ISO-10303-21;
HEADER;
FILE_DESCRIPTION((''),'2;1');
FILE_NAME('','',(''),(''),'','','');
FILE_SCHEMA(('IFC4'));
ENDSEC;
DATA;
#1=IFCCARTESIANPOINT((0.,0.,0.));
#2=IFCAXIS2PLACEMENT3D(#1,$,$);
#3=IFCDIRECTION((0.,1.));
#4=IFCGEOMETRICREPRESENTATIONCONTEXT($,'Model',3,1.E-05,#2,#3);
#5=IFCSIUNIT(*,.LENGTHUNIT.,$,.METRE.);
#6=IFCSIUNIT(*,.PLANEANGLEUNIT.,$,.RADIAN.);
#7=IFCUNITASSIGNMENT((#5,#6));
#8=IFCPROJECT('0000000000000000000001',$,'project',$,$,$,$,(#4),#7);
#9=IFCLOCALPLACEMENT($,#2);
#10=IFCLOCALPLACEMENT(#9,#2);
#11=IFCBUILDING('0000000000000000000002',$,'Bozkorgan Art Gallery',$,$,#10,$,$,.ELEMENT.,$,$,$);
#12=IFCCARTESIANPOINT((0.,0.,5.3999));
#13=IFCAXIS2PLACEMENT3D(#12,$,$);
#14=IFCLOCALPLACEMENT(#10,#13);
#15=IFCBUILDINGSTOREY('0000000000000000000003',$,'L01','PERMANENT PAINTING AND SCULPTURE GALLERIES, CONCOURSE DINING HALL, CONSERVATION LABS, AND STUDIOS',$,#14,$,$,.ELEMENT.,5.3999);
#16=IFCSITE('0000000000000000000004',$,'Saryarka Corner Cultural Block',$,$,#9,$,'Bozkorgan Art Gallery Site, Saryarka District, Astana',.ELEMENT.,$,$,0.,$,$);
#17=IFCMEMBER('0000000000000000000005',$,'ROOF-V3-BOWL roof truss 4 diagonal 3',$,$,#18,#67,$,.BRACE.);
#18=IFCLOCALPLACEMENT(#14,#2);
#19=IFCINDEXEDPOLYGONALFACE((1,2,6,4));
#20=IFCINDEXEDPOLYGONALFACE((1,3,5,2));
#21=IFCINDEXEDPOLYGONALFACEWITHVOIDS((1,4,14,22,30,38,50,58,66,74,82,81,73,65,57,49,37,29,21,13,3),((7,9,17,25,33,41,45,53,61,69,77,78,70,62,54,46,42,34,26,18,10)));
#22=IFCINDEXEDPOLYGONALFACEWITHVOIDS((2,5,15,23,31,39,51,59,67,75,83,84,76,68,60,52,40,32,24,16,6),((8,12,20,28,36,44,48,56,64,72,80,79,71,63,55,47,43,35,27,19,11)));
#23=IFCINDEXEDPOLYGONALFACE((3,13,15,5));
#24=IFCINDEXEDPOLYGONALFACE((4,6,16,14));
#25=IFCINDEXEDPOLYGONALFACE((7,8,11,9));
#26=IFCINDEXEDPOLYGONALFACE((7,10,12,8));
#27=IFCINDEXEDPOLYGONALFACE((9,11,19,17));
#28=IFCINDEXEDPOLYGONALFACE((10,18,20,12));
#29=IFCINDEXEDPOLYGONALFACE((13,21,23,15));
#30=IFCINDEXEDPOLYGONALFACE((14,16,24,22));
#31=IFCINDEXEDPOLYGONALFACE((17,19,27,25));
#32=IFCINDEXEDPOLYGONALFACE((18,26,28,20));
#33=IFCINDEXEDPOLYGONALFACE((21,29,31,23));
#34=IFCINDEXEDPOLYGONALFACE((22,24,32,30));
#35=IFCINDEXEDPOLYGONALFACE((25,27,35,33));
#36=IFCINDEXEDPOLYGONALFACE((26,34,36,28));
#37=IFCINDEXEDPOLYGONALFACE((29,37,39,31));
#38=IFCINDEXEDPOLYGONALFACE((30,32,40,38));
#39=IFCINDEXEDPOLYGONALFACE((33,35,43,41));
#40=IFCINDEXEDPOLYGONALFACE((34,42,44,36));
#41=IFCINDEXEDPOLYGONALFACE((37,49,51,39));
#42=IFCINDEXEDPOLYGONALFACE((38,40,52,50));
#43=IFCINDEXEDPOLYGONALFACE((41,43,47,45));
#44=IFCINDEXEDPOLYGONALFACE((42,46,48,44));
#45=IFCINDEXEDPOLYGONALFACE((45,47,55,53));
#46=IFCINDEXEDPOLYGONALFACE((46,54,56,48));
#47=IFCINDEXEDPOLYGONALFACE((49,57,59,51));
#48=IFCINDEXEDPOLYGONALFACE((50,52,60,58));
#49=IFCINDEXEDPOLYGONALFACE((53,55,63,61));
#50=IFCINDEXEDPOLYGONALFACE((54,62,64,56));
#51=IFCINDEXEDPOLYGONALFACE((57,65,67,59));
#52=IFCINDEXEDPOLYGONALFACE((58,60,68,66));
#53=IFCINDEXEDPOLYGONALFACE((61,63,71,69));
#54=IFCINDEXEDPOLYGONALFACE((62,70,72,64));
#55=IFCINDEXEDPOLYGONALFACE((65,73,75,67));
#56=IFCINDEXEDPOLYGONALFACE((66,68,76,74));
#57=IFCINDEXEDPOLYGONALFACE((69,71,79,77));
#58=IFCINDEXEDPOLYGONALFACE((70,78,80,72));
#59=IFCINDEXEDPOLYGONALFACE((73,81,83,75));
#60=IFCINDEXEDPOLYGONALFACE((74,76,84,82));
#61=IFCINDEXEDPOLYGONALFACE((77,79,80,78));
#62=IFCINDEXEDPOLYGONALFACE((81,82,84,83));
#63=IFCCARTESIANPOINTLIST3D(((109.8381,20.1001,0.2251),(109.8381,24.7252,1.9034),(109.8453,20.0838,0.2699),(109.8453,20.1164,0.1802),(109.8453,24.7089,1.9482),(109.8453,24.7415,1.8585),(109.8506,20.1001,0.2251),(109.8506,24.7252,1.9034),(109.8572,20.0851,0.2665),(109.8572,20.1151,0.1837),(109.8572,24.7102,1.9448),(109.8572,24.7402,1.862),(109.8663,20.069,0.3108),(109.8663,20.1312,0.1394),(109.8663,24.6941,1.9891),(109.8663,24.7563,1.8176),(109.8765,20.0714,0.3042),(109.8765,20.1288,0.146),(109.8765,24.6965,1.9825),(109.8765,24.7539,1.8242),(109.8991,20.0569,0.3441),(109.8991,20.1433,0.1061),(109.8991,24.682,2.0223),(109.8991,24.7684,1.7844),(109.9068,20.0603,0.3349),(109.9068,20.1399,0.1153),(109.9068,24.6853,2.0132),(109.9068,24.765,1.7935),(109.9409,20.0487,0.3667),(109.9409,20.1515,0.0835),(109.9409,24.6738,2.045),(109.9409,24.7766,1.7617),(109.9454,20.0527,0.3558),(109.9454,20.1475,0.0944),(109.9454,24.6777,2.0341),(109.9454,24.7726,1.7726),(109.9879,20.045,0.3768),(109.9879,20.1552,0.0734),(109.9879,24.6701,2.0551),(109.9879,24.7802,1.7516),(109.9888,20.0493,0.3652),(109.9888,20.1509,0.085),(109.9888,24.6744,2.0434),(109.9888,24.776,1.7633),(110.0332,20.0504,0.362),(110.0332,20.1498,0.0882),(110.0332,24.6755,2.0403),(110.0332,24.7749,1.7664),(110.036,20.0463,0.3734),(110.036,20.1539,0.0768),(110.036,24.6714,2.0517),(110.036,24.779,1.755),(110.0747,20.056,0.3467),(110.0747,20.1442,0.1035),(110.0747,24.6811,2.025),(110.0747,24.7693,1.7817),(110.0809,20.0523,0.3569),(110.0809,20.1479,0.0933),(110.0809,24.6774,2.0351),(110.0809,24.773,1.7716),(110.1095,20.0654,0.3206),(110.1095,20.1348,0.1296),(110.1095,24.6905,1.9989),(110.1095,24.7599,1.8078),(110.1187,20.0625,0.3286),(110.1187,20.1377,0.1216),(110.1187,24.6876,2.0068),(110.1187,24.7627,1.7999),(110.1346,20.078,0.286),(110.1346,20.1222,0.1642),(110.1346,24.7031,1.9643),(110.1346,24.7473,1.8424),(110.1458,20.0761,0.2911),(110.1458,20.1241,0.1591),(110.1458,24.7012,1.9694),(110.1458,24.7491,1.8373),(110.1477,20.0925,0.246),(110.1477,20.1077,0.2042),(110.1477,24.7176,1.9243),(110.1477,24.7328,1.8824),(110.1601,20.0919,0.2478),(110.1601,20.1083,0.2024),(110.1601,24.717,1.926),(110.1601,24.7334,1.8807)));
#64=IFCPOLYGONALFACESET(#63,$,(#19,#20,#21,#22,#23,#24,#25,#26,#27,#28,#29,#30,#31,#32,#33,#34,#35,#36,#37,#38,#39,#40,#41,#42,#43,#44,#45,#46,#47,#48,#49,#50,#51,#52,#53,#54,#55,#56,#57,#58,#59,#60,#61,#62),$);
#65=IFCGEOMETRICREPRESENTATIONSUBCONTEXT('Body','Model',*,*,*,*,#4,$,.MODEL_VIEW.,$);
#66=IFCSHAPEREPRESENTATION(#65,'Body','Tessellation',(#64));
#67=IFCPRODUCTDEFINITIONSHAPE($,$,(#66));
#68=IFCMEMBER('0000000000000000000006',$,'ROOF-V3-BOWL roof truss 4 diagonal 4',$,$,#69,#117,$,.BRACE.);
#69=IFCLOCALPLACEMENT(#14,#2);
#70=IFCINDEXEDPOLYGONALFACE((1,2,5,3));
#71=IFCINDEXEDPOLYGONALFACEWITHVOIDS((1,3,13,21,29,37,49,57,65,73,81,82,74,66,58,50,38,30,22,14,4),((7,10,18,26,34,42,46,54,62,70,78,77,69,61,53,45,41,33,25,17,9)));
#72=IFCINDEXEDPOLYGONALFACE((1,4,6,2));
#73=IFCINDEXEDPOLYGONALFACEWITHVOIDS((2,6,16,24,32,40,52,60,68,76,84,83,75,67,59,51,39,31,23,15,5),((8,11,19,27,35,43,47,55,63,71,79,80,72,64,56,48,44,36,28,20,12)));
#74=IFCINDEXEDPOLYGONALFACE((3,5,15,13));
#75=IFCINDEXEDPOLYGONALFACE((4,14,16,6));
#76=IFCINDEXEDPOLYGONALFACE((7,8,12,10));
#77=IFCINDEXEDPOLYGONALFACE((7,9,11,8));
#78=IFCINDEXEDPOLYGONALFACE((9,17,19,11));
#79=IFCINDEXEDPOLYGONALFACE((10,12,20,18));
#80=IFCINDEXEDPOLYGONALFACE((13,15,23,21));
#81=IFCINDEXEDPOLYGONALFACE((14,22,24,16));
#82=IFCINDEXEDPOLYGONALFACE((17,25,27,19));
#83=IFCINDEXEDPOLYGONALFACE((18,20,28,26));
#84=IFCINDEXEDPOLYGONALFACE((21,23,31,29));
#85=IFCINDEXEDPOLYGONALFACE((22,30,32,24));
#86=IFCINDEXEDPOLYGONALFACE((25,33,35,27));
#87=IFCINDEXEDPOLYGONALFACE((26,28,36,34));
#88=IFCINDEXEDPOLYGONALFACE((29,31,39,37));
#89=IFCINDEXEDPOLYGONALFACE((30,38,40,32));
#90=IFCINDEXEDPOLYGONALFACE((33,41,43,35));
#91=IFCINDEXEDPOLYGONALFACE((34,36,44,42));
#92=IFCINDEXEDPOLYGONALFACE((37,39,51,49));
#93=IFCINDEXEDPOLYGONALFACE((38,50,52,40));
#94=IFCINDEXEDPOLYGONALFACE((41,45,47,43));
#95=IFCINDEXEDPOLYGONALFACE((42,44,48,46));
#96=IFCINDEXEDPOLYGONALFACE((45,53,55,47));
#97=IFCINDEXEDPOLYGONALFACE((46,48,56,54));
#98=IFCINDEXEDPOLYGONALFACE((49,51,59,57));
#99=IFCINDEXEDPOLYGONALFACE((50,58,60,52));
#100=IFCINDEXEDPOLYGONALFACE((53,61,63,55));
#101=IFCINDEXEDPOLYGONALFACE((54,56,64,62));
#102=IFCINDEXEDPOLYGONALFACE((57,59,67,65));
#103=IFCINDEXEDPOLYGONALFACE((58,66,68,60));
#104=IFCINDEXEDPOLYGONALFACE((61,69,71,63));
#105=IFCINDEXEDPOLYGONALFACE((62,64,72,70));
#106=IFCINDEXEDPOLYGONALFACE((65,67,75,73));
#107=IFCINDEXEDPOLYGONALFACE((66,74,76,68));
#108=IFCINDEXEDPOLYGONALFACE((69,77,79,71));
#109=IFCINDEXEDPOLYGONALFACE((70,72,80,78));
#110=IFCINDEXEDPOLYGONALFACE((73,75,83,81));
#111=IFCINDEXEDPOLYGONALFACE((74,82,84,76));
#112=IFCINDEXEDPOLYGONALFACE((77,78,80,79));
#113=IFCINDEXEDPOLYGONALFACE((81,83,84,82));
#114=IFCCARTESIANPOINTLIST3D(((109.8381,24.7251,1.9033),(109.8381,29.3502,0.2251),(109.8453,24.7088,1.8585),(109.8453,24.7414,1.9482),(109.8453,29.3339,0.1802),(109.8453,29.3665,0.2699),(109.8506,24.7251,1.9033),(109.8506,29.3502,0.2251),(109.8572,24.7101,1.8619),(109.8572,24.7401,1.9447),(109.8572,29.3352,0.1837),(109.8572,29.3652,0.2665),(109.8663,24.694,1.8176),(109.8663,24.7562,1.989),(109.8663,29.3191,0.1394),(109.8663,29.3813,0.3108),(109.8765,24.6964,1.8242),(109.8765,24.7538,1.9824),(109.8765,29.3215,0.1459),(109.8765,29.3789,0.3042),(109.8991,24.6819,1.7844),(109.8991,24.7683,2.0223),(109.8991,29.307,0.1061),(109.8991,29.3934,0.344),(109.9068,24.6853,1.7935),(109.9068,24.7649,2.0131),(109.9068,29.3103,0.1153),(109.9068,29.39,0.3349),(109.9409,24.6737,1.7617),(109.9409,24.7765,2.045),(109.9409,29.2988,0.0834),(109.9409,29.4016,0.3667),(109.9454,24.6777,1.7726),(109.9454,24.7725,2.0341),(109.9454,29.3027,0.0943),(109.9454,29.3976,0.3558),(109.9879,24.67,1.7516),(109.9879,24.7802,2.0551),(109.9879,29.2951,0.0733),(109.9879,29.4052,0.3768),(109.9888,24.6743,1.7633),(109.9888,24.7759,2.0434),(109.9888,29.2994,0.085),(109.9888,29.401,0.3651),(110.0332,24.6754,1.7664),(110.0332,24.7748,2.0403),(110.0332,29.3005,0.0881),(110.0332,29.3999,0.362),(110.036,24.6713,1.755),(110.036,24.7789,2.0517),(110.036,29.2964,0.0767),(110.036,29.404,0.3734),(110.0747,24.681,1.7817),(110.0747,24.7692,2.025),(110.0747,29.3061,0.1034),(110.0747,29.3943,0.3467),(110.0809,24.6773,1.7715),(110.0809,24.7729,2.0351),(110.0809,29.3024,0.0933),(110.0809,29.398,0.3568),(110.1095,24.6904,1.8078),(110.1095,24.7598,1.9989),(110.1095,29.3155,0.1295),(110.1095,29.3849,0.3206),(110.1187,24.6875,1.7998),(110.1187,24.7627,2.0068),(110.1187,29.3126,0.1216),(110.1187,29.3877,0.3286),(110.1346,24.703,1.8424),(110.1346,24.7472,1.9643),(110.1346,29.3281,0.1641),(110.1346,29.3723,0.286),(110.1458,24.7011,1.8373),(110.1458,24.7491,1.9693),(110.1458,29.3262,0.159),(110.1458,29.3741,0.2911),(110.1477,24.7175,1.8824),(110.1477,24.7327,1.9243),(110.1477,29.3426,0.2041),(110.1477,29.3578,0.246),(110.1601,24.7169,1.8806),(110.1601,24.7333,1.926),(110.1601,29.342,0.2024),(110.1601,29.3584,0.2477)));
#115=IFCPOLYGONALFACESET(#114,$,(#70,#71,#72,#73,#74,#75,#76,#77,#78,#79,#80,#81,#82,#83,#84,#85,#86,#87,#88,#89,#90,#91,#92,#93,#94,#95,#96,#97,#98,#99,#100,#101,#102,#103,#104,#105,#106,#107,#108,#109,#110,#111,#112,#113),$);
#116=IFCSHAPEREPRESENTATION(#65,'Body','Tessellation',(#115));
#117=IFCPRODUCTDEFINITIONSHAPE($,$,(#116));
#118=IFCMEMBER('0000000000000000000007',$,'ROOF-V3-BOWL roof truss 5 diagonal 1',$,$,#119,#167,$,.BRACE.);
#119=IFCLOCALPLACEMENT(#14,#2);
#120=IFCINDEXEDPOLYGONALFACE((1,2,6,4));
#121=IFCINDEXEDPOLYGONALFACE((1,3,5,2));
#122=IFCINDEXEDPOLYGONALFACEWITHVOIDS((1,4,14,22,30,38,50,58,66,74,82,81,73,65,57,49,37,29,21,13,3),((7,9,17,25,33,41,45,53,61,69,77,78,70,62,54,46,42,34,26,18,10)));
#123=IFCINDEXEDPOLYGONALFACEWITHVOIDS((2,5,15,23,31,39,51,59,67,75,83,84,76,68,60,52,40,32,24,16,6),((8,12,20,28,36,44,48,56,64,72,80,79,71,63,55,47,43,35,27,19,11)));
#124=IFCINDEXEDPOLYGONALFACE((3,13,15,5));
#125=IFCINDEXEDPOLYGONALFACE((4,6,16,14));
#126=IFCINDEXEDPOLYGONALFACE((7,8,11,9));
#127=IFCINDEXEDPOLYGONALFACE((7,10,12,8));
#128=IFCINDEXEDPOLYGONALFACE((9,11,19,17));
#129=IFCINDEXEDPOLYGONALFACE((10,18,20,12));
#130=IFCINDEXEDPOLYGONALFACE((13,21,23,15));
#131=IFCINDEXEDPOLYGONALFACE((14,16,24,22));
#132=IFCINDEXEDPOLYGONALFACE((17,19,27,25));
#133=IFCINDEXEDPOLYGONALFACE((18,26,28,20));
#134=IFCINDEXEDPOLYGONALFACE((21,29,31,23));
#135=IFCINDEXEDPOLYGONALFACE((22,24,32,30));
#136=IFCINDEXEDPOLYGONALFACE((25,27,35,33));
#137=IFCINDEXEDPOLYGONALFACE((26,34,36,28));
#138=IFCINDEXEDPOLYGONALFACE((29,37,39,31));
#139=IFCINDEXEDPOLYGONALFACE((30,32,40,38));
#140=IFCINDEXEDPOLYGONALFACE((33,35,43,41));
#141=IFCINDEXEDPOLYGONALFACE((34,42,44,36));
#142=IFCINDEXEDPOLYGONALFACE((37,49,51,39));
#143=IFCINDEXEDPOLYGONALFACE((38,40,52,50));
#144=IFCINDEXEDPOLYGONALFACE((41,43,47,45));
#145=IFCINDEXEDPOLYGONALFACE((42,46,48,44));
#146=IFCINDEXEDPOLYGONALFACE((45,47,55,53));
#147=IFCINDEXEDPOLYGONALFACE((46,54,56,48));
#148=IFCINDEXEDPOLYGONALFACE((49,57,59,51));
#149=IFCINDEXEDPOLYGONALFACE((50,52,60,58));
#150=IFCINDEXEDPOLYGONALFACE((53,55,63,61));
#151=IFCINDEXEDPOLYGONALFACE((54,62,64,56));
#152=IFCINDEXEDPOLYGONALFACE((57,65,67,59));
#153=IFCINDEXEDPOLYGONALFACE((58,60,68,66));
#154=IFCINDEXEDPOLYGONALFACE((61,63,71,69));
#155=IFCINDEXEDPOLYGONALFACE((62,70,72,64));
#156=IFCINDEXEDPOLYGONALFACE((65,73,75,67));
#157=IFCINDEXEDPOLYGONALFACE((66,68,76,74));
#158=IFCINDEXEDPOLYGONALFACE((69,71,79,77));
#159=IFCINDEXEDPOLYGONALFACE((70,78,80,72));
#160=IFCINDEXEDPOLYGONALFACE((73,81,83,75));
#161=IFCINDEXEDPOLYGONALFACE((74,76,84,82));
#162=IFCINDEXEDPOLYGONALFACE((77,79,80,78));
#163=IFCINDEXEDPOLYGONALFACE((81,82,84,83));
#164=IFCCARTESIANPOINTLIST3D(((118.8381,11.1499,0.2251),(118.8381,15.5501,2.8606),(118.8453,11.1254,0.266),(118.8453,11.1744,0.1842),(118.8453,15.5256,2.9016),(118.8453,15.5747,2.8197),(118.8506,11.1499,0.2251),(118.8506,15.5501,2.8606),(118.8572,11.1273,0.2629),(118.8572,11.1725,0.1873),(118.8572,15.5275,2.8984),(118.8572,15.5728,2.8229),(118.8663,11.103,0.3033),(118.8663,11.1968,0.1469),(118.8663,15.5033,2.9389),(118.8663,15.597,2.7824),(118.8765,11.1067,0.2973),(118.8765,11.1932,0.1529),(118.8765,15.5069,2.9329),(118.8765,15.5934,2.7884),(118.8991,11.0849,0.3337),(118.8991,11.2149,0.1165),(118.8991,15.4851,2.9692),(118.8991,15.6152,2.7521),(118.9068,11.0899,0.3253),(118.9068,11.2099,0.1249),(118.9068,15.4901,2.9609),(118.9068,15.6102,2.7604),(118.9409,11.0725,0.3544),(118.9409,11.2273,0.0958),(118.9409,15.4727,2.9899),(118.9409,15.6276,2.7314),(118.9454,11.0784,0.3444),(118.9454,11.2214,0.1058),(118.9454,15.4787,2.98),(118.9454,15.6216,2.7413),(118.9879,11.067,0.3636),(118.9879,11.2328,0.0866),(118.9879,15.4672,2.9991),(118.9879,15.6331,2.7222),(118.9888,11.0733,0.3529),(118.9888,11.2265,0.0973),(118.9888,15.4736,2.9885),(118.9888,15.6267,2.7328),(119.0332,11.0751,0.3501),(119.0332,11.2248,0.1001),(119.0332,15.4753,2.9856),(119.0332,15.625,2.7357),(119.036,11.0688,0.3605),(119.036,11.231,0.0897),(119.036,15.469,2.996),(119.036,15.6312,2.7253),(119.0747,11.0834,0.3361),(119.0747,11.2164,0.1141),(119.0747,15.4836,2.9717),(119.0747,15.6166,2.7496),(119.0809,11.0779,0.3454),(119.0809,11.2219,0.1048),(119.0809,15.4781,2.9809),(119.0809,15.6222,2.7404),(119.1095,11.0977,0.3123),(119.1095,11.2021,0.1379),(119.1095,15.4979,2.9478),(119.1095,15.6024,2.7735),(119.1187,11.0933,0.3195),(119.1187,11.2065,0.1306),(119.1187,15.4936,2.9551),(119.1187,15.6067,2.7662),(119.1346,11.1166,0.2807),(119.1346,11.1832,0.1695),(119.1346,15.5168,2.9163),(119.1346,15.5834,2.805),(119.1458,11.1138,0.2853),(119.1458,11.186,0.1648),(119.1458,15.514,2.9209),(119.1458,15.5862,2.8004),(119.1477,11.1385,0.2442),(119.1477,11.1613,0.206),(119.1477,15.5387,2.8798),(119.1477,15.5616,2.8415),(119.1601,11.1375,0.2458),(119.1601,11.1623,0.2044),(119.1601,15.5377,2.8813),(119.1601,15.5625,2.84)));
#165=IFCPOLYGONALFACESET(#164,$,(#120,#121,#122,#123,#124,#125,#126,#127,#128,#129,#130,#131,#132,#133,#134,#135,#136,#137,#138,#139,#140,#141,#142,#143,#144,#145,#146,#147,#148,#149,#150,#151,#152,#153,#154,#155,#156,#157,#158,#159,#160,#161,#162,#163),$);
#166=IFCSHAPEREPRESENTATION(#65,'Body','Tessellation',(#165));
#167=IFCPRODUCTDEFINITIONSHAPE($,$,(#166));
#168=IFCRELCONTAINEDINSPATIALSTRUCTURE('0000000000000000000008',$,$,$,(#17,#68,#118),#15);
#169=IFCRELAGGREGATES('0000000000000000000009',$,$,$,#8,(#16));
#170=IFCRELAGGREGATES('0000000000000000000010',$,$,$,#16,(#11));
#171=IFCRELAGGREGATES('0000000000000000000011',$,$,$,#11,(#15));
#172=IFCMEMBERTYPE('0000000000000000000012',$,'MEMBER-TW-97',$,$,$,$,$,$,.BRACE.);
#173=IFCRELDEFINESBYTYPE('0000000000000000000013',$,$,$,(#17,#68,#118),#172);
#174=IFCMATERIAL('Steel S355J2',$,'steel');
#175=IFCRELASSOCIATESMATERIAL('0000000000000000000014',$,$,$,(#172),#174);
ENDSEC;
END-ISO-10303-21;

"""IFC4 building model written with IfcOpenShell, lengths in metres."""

from ifc_helpers import new_model, si_unit, direction, frame, origin, origin_2d, place, context, subcontext, project, spatial, hollow_circle, extrude, material, material_profile, profile_set, type_object, element, save


model = new_model("IFC4")

# Units and contexts
model_context = context("Model", 3, precision=1e-05, world=origin(), true_north=direction((0.0, 1.0)))
body_context = subcontext(model_context, "Body", "Model", "MODEL_VIEW")
ifc_project = project(units=[si_unit("LENGTHUNIT", "METRE"), si_unit("PLANEANGLEUNIT", "RADIAN")], contexts=[model_context])

# Site, building, storey
site_placement = place(None, origin())
site = spatial("IfcSite", under=ifc_project, at=site_placement, Name="Saryarka Corner Cultural Block", LongName="Bozkorgan Art Gallery Site, Saryarka District, Astana", CompositionType="ELEMENT", RefElevation=0.0)
building_placement = place(site_placement, origin())
building = spatial("IfcBuilding", under=site, at=building_placement, Name="Bozkorgan Art Gallery", CompositionType="ELEMENT")
storey_placement = place(building_placement, frame((0.0, 0.0, 5.3999)))
storey = spatial("IfcBuildingStorey", under=building, at=storey_placement, Name="L01", Description="PERMANENT PAINTING AND SCULPTURE GALLERIES, CONCOURSE DINING HALL, CONSERVATION LABS, AND STUDIOS", CompositionType="ELEMENT", Elevation=5.3999)

# Shared definitions
ifc_material_1 = material(Name="Steel S355J2", Category="steel")

# Members
ifc_material_profile_1 = material_profile(ifc_material_1, hollow_circle(Radius=0.1619, WallThickness=0.0125, at=origin_2d()), Name="CHS 323.9x12.5")
ifc_profile_set_1 = profile_set([ifc_material_profile_1], Name="Steel S355J2")
member_type_1 = type_object("IfcMemberType", Name="MEMBER-TW-97", PredefinedType="BRACE", material=ifc_profile_set_1)
for number, where, z_axis, x_axis, name in (
    (1, (110.0, 20.1001, 0.2251), (0.0, 0.940028, 0.341098), (-1.0, 0.0, 0.0), "ROOF-V3-BOWL roof truss 4 diagonal 3"),
    (2, (110.0, 24.7251, 1.9033), (0.0, 0.940028, -0.341098), (-1.0, 0.0, 0.0), "ROOF-V3-BOWL roof truss 4 diagonal 4"),
):
    element("IfcMember", number, at=place(storey_placement, frame(where, z_axis=z_axis, x_axis=x_axis)), inside=storey, type_object=member_type_1, Name=name, PredefinedType="BRACE", context=body_context, shape_type="SweptSolid", body=[
        extrude(hollow_circle(Radius=0.1619, WallThickness=0.0125, at=origin_2d()), origin(), (0.0, 0.0, 1.0), 4.9202),
    ])
member_1_placement = place(storey_placement, frame((119.0, 11.1499, 0.2251), z_axis=(0.0, 0.857887, 0.513838), x_axis=(-1.0, 0.0, 0.0)))
element("IfcMember", 3, at=member_1_placement, inside=storey, type_object=member_type_1, Name="ROOF-V3-BOWL roof truss 5 diagonal 1", PredefinedType="BRACE", context=body_context, shape_type="SweptSolid", body=[
    extrude(hollow_circle(Radius=0.1619, WallThickness=0.0125, at=origin_2d()), origin(), (0.0, 0.0, 1.0), 5.1292),
])

save(model, "model.ifc")
